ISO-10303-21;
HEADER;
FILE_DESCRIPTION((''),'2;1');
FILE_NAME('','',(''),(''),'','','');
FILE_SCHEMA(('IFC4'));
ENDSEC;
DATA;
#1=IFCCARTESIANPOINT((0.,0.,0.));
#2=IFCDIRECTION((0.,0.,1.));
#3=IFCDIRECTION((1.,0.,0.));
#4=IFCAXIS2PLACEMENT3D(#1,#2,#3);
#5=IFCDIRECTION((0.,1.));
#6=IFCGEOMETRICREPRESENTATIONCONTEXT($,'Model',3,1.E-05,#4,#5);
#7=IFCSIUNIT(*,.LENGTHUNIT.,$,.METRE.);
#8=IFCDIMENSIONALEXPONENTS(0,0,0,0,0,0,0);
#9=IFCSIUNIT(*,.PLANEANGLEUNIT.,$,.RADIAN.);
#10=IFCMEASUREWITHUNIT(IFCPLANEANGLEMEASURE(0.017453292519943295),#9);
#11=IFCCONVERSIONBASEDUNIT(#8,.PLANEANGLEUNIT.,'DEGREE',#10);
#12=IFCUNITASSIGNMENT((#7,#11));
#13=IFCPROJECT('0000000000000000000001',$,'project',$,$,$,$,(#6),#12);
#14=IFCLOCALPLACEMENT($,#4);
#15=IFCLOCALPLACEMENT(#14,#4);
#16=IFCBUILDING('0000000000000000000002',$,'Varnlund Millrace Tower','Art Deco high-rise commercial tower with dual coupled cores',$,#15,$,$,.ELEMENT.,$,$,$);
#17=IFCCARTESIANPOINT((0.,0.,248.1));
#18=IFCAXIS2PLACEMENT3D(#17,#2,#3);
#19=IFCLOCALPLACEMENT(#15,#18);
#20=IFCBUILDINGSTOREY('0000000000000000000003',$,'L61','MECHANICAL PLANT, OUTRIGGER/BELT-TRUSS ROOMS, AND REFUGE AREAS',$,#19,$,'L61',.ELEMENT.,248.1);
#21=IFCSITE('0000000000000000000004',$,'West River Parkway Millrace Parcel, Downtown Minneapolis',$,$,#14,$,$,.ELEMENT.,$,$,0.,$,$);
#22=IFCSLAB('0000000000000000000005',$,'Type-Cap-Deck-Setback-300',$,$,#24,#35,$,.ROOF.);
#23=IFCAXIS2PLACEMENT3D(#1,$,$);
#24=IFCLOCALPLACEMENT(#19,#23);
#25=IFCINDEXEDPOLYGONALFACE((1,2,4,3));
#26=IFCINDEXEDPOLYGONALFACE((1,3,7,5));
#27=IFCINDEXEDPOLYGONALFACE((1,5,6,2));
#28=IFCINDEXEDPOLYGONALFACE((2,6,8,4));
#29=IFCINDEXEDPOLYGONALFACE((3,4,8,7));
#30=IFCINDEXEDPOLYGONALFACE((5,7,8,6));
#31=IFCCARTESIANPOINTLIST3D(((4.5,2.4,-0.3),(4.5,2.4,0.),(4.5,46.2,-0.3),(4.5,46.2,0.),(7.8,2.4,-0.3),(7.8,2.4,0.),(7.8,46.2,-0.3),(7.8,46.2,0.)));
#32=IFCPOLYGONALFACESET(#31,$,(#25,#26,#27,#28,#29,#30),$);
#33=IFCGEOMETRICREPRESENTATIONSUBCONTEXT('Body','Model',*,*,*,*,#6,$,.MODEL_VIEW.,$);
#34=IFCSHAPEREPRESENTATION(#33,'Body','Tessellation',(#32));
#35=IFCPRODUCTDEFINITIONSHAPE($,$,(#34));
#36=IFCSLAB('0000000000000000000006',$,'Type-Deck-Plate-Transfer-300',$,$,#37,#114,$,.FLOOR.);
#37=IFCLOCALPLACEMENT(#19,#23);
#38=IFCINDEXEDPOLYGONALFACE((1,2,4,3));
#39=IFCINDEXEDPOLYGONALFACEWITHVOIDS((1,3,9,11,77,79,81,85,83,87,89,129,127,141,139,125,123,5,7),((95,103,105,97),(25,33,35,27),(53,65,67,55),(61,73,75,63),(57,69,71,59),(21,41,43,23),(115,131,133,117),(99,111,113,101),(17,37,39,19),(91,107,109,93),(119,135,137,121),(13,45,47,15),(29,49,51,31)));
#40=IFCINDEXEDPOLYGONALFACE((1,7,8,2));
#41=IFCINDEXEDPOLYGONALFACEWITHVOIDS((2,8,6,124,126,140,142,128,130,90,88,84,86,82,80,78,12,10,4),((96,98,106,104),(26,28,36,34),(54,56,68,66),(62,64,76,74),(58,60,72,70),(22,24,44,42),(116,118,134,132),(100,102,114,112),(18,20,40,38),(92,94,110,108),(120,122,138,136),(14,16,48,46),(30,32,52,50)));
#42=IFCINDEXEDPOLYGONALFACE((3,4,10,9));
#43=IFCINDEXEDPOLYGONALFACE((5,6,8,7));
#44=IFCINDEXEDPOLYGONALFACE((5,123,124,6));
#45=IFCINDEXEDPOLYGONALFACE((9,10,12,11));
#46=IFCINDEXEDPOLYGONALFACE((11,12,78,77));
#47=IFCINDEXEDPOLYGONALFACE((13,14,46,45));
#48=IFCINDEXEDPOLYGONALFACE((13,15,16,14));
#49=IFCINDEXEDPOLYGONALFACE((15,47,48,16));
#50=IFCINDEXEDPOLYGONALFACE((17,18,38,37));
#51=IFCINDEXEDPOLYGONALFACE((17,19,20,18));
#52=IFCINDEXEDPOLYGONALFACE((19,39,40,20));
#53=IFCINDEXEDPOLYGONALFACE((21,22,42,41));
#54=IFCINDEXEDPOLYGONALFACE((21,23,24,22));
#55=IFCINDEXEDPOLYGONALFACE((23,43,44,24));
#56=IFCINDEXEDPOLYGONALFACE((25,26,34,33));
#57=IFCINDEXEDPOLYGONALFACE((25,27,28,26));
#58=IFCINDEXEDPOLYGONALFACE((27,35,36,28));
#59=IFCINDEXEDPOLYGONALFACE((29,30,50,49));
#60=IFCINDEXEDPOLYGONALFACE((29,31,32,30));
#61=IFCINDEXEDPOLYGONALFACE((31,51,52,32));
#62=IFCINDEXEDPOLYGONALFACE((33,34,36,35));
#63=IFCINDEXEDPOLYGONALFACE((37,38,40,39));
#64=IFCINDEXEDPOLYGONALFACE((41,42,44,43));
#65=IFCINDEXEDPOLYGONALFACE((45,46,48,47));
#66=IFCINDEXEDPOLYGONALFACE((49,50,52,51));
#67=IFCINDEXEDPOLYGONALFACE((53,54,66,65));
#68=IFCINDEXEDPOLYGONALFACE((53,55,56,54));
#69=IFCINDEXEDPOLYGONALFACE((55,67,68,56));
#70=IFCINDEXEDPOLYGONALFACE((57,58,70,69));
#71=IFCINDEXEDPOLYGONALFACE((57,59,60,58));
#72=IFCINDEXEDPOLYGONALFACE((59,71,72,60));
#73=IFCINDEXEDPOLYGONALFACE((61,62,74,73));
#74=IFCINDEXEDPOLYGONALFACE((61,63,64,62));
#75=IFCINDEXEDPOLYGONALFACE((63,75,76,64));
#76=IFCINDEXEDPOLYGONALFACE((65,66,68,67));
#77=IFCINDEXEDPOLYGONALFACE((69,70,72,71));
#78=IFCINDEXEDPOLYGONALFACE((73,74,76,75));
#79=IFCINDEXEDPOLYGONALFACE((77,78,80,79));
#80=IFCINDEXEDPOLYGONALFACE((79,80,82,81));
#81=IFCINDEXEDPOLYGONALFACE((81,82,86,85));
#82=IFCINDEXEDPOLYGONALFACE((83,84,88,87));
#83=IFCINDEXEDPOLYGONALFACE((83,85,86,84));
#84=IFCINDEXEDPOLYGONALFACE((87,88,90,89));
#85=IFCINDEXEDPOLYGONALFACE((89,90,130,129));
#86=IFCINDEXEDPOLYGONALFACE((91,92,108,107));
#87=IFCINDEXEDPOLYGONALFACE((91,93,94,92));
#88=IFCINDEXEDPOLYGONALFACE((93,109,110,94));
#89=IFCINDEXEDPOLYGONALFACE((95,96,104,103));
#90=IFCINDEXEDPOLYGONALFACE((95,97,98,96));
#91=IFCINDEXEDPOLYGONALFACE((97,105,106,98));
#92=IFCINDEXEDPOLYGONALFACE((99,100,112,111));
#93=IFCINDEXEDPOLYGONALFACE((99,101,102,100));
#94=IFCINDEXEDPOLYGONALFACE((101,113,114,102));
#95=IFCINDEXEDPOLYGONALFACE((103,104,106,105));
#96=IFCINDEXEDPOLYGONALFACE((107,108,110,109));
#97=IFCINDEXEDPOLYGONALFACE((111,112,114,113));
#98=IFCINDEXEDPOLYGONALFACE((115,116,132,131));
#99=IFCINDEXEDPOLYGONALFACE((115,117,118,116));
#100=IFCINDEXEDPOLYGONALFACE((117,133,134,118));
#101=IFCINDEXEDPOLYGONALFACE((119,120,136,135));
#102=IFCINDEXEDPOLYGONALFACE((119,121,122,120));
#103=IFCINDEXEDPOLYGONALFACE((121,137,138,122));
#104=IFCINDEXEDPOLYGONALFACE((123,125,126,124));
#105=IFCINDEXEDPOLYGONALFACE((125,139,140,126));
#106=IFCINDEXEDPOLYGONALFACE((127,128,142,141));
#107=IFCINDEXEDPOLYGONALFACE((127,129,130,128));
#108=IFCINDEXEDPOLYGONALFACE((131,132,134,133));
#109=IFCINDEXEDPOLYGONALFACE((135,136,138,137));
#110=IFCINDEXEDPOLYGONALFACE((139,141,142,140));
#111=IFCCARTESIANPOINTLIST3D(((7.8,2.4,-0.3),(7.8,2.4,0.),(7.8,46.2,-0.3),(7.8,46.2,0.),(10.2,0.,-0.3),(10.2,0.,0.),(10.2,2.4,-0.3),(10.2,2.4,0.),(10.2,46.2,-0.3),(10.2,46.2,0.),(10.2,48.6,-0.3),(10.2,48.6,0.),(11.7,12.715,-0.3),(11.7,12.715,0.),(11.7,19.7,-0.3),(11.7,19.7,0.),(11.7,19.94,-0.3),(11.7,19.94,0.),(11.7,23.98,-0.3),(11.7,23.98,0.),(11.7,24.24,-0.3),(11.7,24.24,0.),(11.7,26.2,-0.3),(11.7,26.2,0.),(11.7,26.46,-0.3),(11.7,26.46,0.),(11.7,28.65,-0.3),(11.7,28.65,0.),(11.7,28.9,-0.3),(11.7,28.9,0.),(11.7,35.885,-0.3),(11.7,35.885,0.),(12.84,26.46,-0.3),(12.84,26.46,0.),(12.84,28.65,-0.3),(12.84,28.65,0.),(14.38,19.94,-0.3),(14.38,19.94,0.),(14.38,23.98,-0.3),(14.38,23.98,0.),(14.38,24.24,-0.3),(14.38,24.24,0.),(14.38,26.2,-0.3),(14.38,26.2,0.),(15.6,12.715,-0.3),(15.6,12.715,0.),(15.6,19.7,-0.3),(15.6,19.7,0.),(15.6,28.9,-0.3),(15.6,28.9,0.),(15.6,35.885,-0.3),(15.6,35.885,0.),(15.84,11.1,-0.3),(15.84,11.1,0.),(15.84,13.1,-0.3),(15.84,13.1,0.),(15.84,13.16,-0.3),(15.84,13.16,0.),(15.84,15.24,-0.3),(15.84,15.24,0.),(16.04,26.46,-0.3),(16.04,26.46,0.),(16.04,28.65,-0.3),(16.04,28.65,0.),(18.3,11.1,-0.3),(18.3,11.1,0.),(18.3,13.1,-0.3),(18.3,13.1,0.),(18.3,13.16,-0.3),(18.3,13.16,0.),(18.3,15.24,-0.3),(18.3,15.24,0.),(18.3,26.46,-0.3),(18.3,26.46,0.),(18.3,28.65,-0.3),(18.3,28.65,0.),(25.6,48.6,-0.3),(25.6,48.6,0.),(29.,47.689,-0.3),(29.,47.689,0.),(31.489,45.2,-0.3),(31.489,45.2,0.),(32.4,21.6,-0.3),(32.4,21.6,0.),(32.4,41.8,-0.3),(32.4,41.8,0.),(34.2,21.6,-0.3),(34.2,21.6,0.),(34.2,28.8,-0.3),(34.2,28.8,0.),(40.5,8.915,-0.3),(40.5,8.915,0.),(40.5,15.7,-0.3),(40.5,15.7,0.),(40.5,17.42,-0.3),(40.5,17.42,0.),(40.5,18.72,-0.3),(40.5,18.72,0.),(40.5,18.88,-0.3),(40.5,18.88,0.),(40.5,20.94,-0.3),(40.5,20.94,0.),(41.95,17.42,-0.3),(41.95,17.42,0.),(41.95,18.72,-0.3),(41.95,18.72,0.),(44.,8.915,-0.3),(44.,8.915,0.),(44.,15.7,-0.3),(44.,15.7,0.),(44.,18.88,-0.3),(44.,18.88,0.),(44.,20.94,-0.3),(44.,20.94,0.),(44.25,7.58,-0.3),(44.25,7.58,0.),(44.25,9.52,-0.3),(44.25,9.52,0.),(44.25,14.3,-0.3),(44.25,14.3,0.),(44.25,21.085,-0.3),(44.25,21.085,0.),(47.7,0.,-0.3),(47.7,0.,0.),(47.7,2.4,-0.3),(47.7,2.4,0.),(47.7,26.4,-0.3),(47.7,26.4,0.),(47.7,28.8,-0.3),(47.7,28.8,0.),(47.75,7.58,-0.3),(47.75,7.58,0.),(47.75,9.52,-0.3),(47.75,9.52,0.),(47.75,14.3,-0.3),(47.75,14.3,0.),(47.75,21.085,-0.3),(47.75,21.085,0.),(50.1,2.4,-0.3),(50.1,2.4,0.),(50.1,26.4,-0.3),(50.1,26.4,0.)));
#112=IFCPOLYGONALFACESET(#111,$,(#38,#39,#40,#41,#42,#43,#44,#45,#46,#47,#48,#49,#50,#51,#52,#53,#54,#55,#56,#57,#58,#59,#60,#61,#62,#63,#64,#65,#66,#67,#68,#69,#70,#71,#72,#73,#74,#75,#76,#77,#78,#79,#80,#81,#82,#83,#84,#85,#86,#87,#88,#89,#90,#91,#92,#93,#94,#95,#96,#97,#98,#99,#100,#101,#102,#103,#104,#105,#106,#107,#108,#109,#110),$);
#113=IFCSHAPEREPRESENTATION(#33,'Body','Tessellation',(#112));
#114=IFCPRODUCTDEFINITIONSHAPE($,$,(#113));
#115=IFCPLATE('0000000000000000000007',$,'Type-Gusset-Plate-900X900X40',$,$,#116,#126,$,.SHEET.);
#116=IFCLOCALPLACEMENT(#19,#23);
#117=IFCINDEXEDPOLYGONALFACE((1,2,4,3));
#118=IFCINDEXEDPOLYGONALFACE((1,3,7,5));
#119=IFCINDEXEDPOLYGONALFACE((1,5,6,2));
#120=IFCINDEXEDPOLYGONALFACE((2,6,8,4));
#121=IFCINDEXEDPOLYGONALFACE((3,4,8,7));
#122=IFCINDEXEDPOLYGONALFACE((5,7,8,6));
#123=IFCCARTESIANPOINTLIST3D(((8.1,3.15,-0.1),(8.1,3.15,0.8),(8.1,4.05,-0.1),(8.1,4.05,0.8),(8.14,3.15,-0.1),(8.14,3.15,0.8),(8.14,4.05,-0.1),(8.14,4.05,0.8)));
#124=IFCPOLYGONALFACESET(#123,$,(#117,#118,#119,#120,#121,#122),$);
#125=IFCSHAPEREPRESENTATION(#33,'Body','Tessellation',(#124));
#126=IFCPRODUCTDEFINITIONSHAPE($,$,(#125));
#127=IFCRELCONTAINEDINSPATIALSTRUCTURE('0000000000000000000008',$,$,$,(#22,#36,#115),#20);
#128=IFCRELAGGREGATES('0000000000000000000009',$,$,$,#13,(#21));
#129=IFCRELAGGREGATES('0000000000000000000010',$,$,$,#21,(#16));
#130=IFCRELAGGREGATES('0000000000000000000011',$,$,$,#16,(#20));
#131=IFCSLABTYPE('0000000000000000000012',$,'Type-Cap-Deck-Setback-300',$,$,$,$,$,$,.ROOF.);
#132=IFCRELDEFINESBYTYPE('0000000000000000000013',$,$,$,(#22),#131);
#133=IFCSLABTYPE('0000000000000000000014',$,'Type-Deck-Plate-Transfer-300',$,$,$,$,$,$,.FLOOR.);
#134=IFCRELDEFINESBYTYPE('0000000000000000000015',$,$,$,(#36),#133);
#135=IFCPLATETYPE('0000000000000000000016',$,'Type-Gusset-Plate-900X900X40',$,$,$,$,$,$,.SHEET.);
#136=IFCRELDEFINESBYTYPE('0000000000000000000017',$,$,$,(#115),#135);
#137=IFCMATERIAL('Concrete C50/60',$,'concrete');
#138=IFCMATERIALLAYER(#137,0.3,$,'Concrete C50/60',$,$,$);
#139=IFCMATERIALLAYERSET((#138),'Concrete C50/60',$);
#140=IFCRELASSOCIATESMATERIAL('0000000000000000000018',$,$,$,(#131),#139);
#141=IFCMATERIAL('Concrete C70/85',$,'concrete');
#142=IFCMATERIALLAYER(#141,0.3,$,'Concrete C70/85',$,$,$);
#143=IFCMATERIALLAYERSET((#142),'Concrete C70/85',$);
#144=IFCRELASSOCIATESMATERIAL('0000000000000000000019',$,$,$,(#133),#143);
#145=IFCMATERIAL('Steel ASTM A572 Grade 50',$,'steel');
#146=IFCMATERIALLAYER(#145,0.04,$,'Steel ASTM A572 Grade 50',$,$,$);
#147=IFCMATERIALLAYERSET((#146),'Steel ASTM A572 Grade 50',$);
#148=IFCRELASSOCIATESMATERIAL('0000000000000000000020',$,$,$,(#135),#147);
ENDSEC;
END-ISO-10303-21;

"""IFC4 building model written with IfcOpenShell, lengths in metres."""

from ifc_helpers import new_model, entity, si_unit, converted_unit, direction, frame, origin_with_axes, origin_2d_with_axis, place, context, subcontext, project, spatial, polyline, rectangle, outline, extrude, material, layer, layer_set, type_object, element, save


model = new_model("IFC4")

# Units and contexts
model_context = context("Model", 3, precision=1e-05, world=origin_with_axes(), true_north=direction((0.0, 1.0)))
body_context = subcontext(model_context, "Body", "Model", "MODEL_VIEW")
ifc_project = project(units=[si_unit("LENGTHUNIT", "METRE"), converted_unit("PLANEANGLEUNIT", "DEGREE", entity("IfcPlaneAngleMeasure", 0.017453292519943295), si_unit("PLANEANGLEUNIT", "RADIAN"), dimensions=[0, 0, 0, 0, 0, 0, 0])], contexts=[model_context])

# Site, building, storey
site_placement = place(None, origin_with_axes())
site = spatial("IfcSite", under=ifc_project, at=site_placement, Name="West River Parkway Millrace Parcel, Downtown Minneapolis", CompositionType="ELEMENT", RefElevation=0.0)
building_placement = place(site_placement, origin_with_axes())
building = spatial("IfcBuilding", under=site, at=building_placement, Name="Varnlund Millrace Tower", Description="Art Deco high-rise commercial tower with dual coupled cores", CompositionType="ELEMENT")
storey_placement = place(building_placement, frame((0.0, 0.0, 248.1), z_axis=(0.0, 0.0, 1.0), x_axis=(1.0, 0.0, 0.0)))
storey = spatial("IfcBuildingStorey", under=building, at=storey_placement, Name="L61", Description="MECHANICAL PLANT, OUTRIGGER/BELT-TRUSS ROOMS, AND REFUGE AREAS", LongName="L61", CompositionType="ELEMENT", Elevation=248.1)

# Slabs
ifc_material_1 = material(Name="Concrete C50/60", Category="concrete")
ifc_layer_1 = layer(ifc_material_1, 0.3, Name="Concrete C50/60")
ifc_layer_set_1 = layer_set([ifc_layer_1], Name="Concrete C50/60")
slab_type_1 = type_object("IfcSlabType", Name="Type-Cap-Deck-Setback-300", PredefinedType="ROOF", material=ifc_layer_set_1)
slab_1_placement = place(storey_placement, frame((0.0, 0.0, -0.3), z_axis=(0.0, 0.0, 1.0), x_axis=(1.0, 0.0, 0.0)))
element("IfcSlab", 1, at=slab_1_placement, inside=storey, type_object=slab_type_1, Name="Type-Cap-Deck-Setback-300", PredefinedType="ROOF", context=body_context, shape_type="SweptSolid", body=[
    extrude(outline(polyline([(7.8, 2.4), (7.8, 46.2), (4.5, 46.2), (4.5, 2.4), (7.8, 2.4)])), origin_with_axes(), (0.0, 0.0, 1.0), 0.3),
])
ifc_material_2 = material(Name="Concrete C70/85", Category="concrete")
ifc_layer_2 = layer(ifc_material_2, 0.3, Name="Concrete C70/85")
ifc_layer_set_2 = layer_set([ifc_layer_2], Name="Concrete C70/85")
slab_type_2 = type_object("IfcSlabType", Name="Type-Deck-Plate-Transfer-300", PredefinedType="FLOOR", material=ifc_layer_set_2)
slab_2_placement = place(storey_placement, frame((0.0, 0.0, -0.3), z_axis=(0.0, 0.0, 1.0), x_axis=(1.0, 0.0, 0.0)))
element("IfcSlab", 2, at=slab_2_placement, inside=storey, type_object=slab_type_2, Name="Type-Deck-Plate-Transfer-300", PredefinedType="FLOOR", context=body_context, shape_type="SweptSolid", body=[
    extrude(outline(polyline([(32.4, 21.6), (32.4, 41.8), (31.489, 45.2), (29.0, 47.689), (25.6, 48.6), (10.2, 48.6), (10.2, 46.2), (7.8, 46.2), (7.8, 2.4), (10.2, 2.4), (10.2, 0.0), (47.7, 0.0), (47.7, 2.4), (50.1, 2.4), (50.1, 26.4), (47.7, 26.4), (47.7, 28.8), (34.2, 28.8), (34.2, 21.6), (32.4, 21.6)]), holes=[polyline([(18.3, 13.1), (18.3, 11.1), (15.84, 11.1), (15.84, 13.1), (18.3, 13.1)]), polyline([(15.6, 12.715), (11.7, 12.715), (11.7, 19.7), (15.6, 19.7), (15.6, 12.715)]), polyline([(11.7, 19.94), (11.7, 23.98), (14.38, 23.98), (14.38, 19.94), (11.7, 19.94)]), polyline([(14.38, 24.24), (11.7, 24.24), (11.7, 26.2), (14.38, 26.2), (14.38, 24.24)]), polyline([(12.84, 26.46), (11.7, 26.46), (11.7, 28.65), (12.84, 28.65), (12.84, 26.46)]), polyline([(15.6, 28.9), (11.7, 28.9), (11.7, 35.885), (15.6, 35.885), (15.6, 28.9)]), polyline([(47.75, 9.52), (47.75, 7.58), (44.25, 7.58), (44.25, 9.52), (47.75, 9.52)]), polyline([(44.0, 8.915), (40.5, 8.915), (40.5, 15.7), (44.0, 15.7), (44.0, 8.915)]), polyline([(18.3, 13.16), (15.84, 13.16), (15.84, 15.24), (18.3, 15.24), (18.3, 13.16)]), polyline([(47.75, 14.3), (44.25, 14.3), (44.25, 21.085), (47.75, 21.085), (47.75, 14.3)]), polyline([(41.95, 17.42), (40.5, 17.42), (40.5, 18.72), (41.95, 18.72), (41.95, 17.42)]), polyline([(44.0, 18.88), (40.5, 18.88), (40.5, 20.94), (44.0, 20.94), (44.0, 18.88)]), polyline([(18.3, 26.46), (16.04, 26.46), (16.04, 28.65), (18.3, 28.65), (18.3, 26.46)])]), origin_with_axes(), (0.0, 0.0, 1.0), 0.3),
])

# Plate
ifc_material_3 = material(Name="Steel ASTM A572 Grade 50", Category="steel")
ifc_layer_3 = layer(ifc_material_3, 0.04, Name="Steel ASTM A572 Grade 50")
ifc_layer_set_3 = layer_set([ifc_layer_3], Name="Steel ASTM A572 Grade 50")
plate_type = type_object("IfcPlateType", Name="Type-Gusset-Plate-900X900X40", PredefinedType="SHEET", material=ifc_layer_set_3)
plate_placement = place(storey_placement, frame((8.12, 3.6, -0.1), z_axis=(0.0, 0.0, 1.0), x_axis=(0.0, 1.0, 0.0)))
element("IfcPlate", 3, at=plate_placement, inside=storey, type_object=plate_type, Name="Type-Gusset-Plate-900X900X40", PredefinedType="SHEET", context=body_context, shape_type="SweptSolid", body=[
    extrude(rectangle(XDim=0.9, YDim=0.04, at=origin_2d_with_axis()), origin_with_axes(), (0.0, 0.0, 1.0), 0.9),
])

save(model, "model.ifc")
